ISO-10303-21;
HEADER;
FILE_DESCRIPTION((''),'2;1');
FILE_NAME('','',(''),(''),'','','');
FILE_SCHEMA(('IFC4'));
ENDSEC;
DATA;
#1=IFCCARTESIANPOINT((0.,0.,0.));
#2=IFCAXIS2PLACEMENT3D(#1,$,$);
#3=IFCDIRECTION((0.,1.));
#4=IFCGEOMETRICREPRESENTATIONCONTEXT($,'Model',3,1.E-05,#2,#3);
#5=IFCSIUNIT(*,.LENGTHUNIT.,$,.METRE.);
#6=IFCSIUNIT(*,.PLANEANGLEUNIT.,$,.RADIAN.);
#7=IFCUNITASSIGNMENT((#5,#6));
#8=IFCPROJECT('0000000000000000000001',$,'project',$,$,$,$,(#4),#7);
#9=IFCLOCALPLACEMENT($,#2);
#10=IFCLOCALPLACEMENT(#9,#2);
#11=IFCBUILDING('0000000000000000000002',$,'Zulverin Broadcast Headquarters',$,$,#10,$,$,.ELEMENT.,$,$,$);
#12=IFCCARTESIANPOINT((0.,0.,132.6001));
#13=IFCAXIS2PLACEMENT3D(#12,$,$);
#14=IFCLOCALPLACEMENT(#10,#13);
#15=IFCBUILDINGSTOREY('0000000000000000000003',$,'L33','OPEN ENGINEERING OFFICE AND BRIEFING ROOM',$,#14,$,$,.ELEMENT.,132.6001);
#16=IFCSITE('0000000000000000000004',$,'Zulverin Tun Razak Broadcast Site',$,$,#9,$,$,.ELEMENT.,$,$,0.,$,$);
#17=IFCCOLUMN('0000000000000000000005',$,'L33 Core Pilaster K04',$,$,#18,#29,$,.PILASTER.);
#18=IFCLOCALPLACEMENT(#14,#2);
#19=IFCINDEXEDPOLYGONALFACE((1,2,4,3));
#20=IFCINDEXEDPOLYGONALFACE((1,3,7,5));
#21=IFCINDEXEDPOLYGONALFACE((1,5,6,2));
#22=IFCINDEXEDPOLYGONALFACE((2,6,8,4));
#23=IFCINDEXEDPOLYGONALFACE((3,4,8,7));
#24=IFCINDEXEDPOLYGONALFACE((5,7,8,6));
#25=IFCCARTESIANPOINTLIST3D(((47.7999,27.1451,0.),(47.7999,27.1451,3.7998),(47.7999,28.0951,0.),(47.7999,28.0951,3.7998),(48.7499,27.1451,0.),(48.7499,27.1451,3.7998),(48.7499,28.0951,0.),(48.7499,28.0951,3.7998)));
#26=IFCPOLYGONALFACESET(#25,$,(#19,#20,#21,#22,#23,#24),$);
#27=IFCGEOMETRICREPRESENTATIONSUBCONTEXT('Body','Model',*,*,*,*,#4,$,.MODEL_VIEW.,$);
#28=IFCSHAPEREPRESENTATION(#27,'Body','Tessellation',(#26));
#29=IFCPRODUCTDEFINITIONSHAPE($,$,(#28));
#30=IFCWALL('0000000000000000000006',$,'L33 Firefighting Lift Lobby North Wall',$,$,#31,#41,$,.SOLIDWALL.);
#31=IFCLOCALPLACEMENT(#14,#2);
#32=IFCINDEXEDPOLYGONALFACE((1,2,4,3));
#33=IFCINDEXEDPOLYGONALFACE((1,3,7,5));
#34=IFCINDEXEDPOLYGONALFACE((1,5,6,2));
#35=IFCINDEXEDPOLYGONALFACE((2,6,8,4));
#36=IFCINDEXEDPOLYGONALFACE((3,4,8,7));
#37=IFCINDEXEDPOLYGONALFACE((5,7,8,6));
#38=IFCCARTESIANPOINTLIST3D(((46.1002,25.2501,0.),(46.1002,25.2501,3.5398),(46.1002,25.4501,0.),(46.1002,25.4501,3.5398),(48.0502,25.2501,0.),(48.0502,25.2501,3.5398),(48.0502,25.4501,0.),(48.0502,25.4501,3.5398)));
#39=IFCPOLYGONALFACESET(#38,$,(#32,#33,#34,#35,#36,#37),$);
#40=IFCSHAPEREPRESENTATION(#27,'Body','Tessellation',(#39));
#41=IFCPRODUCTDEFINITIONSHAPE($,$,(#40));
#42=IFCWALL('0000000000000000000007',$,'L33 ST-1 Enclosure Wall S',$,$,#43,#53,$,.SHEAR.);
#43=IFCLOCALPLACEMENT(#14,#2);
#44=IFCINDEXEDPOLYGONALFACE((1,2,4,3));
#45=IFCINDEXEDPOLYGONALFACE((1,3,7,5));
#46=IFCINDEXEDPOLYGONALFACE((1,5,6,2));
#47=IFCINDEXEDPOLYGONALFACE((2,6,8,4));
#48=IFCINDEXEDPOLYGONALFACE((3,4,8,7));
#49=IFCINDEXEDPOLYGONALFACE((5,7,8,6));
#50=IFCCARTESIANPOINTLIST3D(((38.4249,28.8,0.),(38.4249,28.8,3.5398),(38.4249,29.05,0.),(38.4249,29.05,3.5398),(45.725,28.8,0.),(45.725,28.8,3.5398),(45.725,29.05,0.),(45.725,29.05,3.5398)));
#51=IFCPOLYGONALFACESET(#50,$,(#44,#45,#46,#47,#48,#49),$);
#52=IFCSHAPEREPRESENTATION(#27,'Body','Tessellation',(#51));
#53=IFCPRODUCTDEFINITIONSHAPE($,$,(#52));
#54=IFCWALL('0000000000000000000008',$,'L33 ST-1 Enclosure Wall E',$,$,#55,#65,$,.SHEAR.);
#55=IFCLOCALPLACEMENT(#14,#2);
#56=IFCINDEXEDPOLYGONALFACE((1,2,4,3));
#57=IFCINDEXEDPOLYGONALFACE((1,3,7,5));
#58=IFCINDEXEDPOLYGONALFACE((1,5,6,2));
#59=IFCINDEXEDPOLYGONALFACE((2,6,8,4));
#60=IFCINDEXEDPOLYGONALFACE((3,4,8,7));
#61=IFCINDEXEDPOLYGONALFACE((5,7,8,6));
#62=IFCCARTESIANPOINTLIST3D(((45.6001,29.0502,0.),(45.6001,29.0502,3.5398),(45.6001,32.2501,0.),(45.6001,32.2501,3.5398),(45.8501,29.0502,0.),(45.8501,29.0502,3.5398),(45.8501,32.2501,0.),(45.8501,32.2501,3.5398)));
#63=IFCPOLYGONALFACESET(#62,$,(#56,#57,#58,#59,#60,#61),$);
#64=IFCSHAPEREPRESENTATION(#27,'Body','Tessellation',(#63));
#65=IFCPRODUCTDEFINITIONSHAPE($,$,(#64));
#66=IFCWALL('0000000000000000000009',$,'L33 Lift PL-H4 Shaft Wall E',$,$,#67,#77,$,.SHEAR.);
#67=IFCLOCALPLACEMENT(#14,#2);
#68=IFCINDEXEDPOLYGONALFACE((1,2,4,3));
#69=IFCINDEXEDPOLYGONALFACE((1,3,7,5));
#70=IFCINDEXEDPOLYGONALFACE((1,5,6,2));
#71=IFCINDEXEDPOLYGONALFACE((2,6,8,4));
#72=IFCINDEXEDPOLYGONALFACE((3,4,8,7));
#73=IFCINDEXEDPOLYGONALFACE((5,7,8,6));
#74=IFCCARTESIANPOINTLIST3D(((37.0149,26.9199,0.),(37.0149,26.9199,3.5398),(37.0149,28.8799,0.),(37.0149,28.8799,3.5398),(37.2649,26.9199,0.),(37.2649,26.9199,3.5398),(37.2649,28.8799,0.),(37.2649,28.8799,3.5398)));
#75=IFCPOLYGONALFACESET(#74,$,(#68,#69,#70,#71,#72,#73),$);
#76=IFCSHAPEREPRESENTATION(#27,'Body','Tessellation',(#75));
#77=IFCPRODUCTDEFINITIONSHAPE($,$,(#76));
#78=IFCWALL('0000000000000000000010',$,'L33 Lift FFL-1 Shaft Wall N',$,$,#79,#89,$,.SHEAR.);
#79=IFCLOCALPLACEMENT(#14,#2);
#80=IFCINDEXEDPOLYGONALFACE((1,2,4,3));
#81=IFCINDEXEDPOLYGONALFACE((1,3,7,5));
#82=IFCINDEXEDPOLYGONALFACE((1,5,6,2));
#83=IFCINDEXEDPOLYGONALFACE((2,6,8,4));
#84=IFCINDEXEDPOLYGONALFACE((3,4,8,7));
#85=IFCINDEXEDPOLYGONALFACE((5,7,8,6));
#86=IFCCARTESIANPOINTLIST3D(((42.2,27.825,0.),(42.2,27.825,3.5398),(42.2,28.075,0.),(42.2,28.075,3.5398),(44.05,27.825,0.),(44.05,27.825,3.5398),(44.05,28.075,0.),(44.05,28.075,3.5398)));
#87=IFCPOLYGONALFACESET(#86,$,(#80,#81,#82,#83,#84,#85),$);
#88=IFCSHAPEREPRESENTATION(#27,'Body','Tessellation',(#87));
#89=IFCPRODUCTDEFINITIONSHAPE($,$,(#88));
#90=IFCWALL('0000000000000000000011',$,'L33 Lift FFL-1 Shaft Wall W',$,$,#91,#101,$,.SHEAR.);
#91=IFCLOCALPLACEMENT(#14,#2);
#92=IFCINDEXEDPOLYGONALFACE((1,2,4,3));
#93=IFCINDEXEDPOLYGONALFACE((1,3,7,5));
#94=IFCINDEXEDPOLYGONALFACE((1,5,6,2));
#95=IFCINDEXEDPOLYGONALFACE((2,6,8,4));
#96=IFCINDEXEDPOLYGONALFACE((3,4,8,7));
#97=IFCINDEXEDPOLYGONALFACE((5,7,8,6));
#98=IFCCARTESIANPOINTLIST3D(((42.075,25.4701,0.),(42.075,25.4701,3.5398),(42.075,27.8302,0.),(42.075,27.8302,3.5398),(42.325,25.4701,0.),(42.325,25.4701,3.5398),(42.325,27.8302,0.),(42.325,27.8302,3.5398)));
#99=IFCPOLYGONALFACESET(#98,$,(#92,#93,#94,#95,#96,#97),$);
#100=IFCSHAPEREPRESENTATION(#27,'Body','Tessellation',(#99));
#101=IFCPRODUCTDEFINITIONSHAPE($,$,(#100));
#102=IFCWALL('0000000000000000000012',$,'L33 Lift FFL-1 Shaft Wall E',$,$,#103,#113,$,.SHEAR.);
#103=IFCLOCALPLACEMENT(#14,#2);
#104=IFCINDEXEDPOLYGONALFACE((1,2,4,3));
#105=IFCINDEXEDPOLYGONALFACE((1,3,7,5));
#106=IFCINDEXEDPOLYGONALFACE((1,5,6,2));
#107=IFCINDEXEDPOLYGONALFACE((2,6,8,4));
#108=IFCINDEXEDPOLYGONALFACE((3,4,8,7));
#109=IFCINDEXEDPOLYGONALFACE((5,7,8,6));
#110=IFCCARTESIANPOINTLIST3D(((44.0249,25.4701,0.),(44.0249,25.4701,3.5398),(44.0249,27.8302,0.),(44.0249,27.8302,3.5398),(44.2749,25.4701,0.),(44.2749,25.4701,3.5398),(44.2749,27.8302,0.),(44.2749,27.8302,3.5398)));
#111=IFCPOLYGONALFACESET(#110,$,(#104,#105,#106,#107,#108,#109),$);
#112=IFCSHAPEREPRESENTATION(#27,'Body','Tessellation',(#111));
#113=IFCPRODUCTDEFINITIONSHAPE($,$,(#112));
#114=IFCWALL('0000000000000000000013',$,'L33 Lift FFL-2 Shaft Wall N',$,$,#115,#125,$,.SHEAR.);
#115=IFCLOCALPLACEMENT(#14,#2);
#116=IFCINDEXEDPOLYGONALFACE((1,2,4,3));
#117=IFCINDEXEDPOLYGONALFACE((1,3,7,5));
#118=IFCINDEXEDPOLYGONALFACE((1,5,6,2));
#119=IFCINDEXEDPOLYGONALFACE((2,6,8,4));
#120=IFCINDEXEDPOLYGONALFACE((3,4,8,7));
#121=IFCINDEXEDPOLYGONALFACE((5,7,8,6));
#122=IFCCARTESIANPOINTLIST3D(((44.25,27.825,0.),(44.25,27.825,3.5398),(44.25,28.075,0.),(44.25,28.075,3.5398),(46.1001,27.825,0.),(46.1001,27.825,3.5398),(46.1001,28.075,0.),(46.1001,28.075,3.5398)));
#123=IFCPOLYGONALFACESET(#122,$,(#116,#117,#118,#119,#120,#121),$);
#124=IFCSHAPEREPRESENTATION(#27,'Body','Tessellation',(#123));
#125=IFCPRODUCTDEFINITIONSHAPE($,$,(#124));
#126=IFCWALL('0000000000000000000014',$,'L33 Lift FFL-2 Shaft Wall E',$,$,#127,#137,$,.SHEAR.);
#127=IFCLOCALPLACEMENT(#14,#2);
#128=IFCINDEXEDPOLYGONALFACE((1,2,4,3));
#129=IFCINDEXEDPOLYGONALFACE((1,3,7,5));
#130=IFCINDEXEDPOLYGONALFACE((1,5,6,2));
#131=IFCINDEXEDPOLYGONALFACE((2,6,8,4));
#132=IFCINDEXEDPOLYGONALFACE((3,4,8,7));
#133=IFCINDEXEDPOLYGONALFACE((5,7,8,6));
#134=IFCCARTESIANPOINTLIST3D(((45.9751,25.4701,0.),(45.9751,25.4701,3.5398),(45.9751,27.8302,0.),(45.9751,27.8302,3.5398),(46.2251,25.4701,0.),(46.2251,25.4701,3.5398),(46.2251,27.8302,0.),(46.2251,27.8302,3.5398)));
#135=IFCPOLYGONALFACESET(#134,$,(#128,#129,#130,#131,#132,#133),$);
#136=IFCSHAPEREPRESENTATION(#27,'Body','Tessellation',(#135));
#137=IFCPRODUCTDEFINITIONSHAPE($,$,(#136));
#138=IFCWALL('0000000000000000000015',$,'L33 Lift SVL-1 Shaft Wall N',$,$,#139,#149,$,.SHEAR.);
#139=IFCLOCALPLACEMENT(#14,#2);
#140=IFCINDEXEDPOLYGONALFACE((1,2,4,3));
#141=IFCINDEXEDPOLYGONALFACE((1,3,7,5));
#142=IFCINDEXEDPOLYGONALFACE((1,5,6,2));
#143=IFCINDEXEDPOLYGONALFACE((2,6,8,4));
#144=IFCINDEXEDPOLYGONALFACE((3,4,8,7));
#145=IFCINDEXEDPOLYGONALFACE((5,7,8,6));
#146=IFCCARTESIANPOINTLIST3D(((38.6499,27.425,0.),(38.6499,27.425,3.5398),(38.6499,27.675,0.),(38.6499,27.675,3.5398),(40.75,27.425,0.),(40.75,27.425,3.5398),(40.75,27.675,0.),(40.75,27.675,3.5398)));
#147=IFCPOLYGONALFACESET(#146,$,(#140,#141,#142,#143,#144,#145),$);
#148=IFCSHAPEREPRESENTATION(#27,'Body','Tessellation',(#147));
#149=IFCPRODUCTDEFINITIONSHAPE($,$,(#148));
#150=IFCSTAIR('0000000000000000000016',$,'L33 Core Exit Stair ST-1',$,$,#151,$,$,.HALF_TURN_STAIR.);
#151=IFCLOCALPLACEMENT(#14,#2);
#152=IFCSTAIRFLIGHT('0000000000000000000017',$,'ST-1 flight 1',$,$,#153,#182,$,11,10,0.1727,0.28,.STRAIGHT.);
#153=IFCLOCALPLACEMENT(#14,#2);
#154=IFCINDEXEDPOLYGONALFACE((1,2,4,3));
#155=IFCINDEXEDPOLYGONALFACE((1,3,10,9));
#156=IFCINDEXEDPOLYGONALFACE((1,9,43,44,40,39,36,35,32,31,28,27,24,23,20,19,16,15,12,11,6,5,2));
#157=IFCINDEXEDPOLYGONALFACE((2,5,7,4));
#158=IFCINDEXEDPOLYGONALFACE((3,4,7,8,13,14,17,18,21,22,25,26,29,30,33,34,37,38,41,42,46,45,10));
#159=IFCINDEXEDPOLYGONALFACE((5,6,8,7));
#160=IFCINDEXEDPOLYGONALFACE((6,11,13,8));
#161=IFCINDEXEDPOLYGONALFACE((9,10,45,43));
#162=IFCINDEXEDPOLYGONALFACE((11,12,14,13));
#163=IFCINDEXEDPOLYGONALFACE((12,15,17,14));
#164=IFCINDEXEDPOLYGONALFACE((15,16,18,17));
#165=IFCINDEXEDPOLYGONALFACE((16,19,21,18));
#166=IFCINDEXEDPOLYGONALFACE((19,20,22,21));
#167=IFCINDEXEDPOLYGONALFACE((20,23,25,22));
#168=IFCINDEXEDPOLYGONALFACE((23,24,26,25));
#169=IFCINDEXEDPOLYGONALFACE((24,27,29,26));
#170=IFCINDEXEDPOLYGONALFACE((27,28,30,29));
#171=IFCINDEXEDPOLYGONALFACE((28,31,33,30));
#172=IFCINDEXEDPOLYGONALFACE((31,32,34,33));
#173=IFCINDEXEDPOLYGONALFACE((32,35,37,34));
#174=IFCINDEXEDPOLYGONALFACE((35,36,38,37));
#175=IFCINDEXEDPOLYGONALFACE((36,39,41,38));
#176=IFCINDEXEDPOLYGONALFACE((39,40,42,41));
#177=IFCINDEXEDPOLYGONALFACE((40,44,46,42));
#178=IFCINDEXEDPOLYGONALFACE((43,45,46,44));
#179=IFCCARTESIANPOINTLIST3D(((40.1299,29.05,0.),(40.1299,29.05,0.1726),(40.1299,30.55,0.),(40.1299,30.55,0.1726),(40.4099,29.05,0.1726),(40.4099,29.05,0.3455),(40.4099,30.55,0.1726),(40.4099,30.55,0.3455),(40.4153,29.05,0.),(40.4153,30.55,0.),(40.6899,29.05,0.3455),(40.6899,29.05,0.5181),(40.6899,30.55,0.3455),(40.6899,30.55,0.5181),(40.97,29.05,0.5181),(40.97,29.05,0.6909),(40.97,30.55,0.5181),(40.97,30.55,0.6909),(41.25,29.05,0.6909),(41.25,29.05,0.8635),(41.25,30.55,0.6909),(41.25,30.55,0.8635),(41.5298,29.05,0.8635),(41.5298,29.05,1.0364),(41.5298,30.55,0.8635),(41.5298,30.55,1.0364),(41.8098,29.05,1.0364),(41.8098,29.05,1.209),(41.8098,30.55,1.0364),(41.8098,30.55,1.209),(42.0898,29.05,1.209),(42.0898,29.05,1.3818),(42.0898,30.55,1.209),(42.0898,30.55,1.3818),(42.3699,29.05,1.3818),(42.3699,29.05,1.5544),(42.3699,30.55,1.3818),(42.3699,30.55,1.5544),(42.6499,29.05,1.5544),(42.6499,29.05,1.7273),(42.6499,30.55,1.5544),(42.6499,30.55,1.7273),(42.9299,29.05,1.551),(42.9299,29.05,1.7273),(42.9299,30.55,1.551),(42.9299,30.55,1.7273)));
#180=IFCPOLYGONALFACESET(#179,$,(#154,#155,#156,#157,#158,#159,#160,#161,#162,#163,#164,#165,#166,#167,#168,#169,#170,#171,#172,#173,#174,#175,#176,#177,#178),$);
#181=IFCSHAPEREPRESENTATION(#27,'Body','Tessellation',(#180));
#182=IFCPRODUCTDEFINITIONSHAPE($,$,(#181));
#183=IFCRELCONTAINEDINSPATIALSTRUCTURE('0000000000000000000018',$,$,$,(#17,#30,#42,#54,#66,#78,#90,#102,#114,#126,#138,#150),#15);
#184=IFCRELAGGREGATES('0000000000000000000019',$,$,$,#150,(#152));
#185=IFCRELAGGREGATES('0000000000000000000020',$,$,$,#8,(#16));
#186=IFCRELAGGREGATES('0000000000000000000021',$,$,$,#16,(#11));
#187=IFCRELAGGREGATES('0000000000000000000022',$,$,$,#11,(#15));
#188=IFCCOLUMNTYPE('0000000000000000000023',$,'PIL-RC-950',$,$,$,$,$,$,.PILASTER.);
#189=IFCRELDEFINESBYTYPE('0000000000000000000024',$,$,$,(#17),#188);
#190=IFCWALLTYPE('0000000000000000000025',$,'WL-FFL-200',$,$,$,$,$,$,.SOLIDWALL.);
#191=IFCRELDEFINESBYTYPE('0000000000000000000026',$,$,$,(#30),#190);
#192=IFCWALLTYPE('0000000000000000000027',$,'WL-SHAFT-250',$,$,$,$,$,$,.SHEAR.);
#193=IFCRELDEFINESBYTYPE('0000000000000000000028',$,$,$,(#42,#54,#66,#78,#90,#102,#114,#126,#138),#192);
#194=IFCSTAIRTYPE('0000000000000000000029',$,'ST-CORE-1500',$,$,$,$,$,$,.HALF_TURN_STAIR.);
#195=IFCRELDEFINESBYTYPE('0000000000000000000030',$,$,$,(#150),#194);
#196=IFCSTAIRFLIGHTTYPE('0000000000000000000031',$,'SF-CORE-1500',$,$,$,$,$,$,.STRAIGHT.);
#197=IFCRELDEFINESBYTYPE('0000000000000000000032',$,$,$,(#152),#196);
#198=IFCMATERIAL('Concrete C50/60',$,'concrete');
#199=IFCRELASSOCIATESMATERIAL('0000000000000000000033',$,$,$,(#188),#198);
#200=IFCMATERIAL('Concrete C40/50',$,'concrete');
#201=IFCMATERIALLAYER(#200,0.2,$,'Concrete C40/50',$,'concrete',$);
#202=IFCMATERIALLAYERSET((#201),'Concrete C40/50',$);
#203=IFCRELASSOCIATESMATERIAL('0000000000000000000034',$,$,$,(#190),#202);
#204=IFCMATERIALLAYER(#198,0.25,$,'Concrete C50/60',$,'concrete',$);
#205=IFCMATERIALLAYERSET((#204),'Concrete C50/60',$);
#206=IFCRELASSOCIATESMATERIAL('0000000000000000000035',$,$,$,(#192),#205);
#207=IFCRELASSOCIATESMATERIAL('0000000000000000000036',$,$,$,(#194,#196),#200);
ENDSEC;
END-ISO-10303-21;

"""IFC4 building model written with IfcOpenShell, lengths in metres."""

from ifc_helpers import new_model, si_unit, direction, frame, frame_2d, origin, origin_2d, place, context, subcontext, project, spatial, polyline, rectangle, outline, extrude, material, layer, layer_set, material_profile, profile_set, type_object, element, aggregate, save


model = new_model("IFC4")

# Units and contexts
model_context = context("Model", 3, precision=1e-05, world=origin(), true_north=direction((0.0, 1.0)))
body_context = subcontext(model_context, "Body", "Model", "MODEL_VIEW")
ifc_project = project(units=[si_unit("LENGTHUNIT", "METRE"), si_unit("PLANEANGLEUNIT", "RADIAN")], contexts=[model_context])

# Site, building, storey
site_placement = place(None, origin())
site = spatial("IfcSite", under=ifc_project, at=site_placement, Name="Zulverin Tun Razak Broadcast Site", CompositionType="ELEMENT", RefElevation=0.0)
building_placement = place(site_placement, origin())
building = spatial("IfcBuilding", under=site, at=building_placement, Name="Zulverin Broadcast Headquarters", CompositionType="ELEMENT")
storey_placement = place(building_placement, frame((0.0, 0.0, 132.6001)))
storey = spatial("IfcBuildingStorey", under=building, at=storey_placement, Name="L33", Description="OPEN ENGINEERING OFFICE AND BRIEFING ROOM", CompositionType="ELEMENT", Elevation=132.6001)

# Column
ifc_material_1 = material(Name="Concrete C50/60", Category="concrete")
ifc_material_profile = material_profile(ifc_material_1, rectangle(XDim=0.95, YDim=0.95, at=origin_2d()), Name="Concrete C50/60", Category="concrete")
ifc_profile_set = profile_set([ifc_material_profile], Name="Concrete C50/60")
column_type = type_object("IfcColumnType", Name="PIL-RC-950", PredefinedType="PILASTER", material=ifc_profile_set)
column_placement = place(storey_placement, frame((48.2749, 27.6201, 0.0), z_axis=(0.0, 0.0, 1.0), x_axis=(1.0, 0.0, 0.0)))
element("IfcColumn", 1, at=column_placement, inside=storey, type_object=column_type, Name="L33 Core Pilaster K04", PredefinedType="PILASTER", context=body_context, shape_type="SweptSolid", body=[
    extrude(rectangle(XDim=0.95, YDim=0.95, at=origin_2d()), origin(), (0.0, 0.0, 1.0), 3.7998),
])

# Walls
ifc_material_2 = material(Name="Concrete C40/50", Category="concrete")
ifc_layer_1 = layer(ifc_material_2, 0.2, Name="Concrete C40/50", Category="concrete")
ifc_layer_set_1 = layer_set([ifc_layer_1], Name="Concrete C40/50")
wall_type_1 = type_object("IfcWallType", Name="WL-FFL-200", PredefinedType="SOLIDWALL", material=ifc_layer_set_1)
wall_1_placement = place(storey_placement, frame((46.1001, 25.3501, 0.0), z_axis=(0.0, 0.0, 1.0), x_axis=(1.0, 0.0, 0.0)))
element("IfcWall", 2, at=wall_1_placement, inside=storey, type_object=wall_type_1, Name="L33 Firefighting Lift Lobby North Wall", PredefinedType="SOLIDWALL", context=body_context, shape_type="SweptSolid", body=[
    extrude(rectangle(XDim=1.95, YDim=0.2, at=frame_2d((0.9751, 0.0))), origin(), (0.0, 0.0, 1.0), 3.5398),
])
ifc_layer_2 = layer(ifc_material_1, 0.25, Name="Concrete C50/60", Category="concrete")
ifc_layer_set_2 = layer_set([ifc_layer_2], Name="Concrete C50/60")
wall_type_2 = type_object("IfcWallType", Name="WL-SHAFT-250", PredefinedType="SHEAR", material=ifc_layer_set_2)
wall_2_placement = place(storey_placement, frame((38.425, 28.925, 0.0), z_axis=(0.0, 0.0, 1.0), x_axis=(1.0, 0.0, 0.0)))
element("IfcWall", 3, at=wall_2_placement, inside=storey, type_object=wall_type_2, Name="L33 ST-1 Enclosure Wall S", PredefinedType="SHEAR", context=body_context, shape_type="SweptSolid", body=[
    extrude(rectangle(XDim=7.3, YDim=0.25, at=frame_2d((3.6499, 0.0))), origin(), (0.0, 0.0, 1.0), 3.5398),
])

# Walls
wall_3_placement = place(storey_placement, frame((45.7251, 29.05, 0.0), z_axis=(0.0, 0.0, 1.0), x_axis=(0.0, 1.0, 0.0)))
element("IfcWall", 4, at=wall_3_placement, inside=storey, type_object=wall_type_2, Name="L33 ST-1 Enclosure Wall E", PredefinedType="SHEAR", context=body_context, shape_type="SweptSolid", body=[
    extrude(rectangle(XDim=3.2, YDim=0.25, at=frame_2d((1.6001, 0.0))), origin(), (0.0, 0.0, 1.0), 3.5398),
])
wall_4_placement = place(storey_placement, frame((37.1399, 26.9199, 0.0), z_axis=(0.0, 0.0, 1.0), x_axis=(0.0, 1.0, 0.0)))
element("IfcWall", 5, at=wall_4_placement, inside=storey, type_object=wall_type_2, Name="L33 Lift PL-H4 Shaft Wall E", PredefinedType="SHEAR", context=body_context, shape_type="SweptSolid", body=[
    extrude(rectangle(XDim=1.96, YDim=0.25, at=frame_2d((0.98, 0.0))), origin(), (0.0, 0.0, 1.0), 3.5398),
])
wall_5_placement = place(storey_placement, frame((42.2, 27.95, 0.0), z_axis=(0.0, 0.0, 1.0), x_axis=(1.0, 0.0, 0.0)))
element("IfcWall", 6, at=wall_5_placement, inside=storey, type_object=wall_type_2, Name="L33 Lift FFL-1 Shaft Wall N", PredefinedType="SHEAR", context=body_context, shape_type="SweptSolid", body=[
    extrude(rectangle(XDim=1.8501, YDim=0.25, at=frame_2d((0.925, 0.0))), origin(), (0.0, 0.0, 1.0), 3.5398),
])
for number, where, z_axis, x_axis, name in (
    (7, (42.2, 25.47, 0.0), (0.0, 0.0, 1.0), (0.0, 1.0, 0.0), "L33 Lift FFL-1 Shaft Wall W"),
    (8, (44.1499, 25.47, 0.0), (0.0, 0.0, 1.0), (0.0, 1.0, 0.0), "L33 Lift FFL-1 Shaft Wall E"),
):
    element("IfcWall", number, at=place(storey_placement, frame(where, z_axis=z_axis, x_axis=x_axis)), inside=storey, type_object=wall_type_2, Name=name, PredefinedType="SHEAR", context=body_context, shape_type="SweptSolid", body=[
        extrude(rectangle(XDim=2.3601, YDim=0.25, at=frame_2d((1.1802, 0.0))), origin(), (0.0, 0.0, 1.0), 3.5398),
    ])
wall_6_placement = place(storey_placement, frame((44.25, 27.95, 0.0), z_axis=(0.0, 0.0, 1.0), x_axis=(1.0, 0.0, 0.0)))
element("IfcWall", 9, at=wall_6_placement, inside=storey, type_object=wall_type_2, Name="L33 Lift FFL-2 Shaft Wall N", PredefinedType="SHEAR", context=body_context, shape_type="SweptSolid", body=[
    extrude(rectangle(XDim=1.8501, YDim=0.25, at=frame_2d((0.925, 0.0))), origin(), (0.0, 0.0, 1.0), 3.5398),
])
wall_7_placement = place(storey_placement, frame((46.1001, 25.47, 0.0), z_axis=(0.0, 0.0, 1.0), x_axis=(0.0, 1.0, 0.0)))
element("IfcWall", 10, at=wall_7_placement, inside=storey, type_object=wall_type_2, Name="L33 Lift FFL-2 Shaft Wall E", PredefinedType="SHEAR", context=body_context, shape_type="SweptSolid", body=[
    extrude(rectangle(XDim=2.3601, YDim=0.25, at=frame_2d((1.1802, 0.0))), origin(), (0.0, 0.0, 1.0), 3.5398),
])
wall_8_placement = place(storey_placement, frame((38.6499, 27.55, 0.0), z_axis=(0.0, 0.0, 1.0), x_axis=(1.0, 0.0, 0.0)))
element("IfcWall", 11, at=wall_8_placement, inside=storey, type_object=wall_type_2, Name="L33 Lift SVL-1 Shaft Wall N", PredefinedType="SHEAR", context=body_context, shape_type="SweptSolid", body=[
    extrude(rectangle(XDim=2.1001, YDim=0.25, at=frame_2d((1.05, 0.0))), origin(), (0.0, 0.0, 1.0), 3.5398),
])

# Stair, stair flight
stair_type = type_object("IfcStairType", Name="ST-CORE-1500", PredefinedType="HALF_TURN_STAIR", material=ifc_material_2)
stair_placement = place(storey_placement, origin())
stair = element("IfcStair", 12, at=stair_placement, inside=storey, type_object=stair_type, Name="L33 Core Exit Stair ST-1", PredefinedType="HALF_TURN_STAIR")
stair_flight_type = type_object("IfcStairFlightType", Name="SF-CORE-1500", PredefinedType="STRAIGHT", material=ifc_material_2)
stair_flight_placement = place(storey_placement, frame((40.1299, 29.8, 0.0), z_axis=(0.0, 0.0, 1.0), x_axis=(1.0, 0.0, 0.0)))
stair_flight = element("IfcStairFlight", 13, at=stair_flight_placement, type_object=stair_flight_type, Name="ST-1 flight 1", NumberOfRisers=11, NumberOfTreads=10, PredefinedType="STRAIGHT", RiserHeight=0.1727, TreadLength=0.28, context=body_context, shape_type="SweptSolid", body=[
    extrude(outline(polyline([(0.0, 0.0), (0.0, 0.1726), (0.28, 0.1726), (0.28, 0.3455), (0.5601, 0.3455), (0.5601, 0.5181), (0.8401, 0.5181), (0.8401, 0.6909), (1.1201, 0.6909), (1.1201, 0.8635), (1.3999, 0.8635), (1.3999, 1.0364), (1.6799, 1.0364), (1.6799, 1.209), (1.96, 1.209), (1.96, 1.3818), (2.24, 1.3818), (2.24, 1.5544), (2.52, 1.5544), (2.52, 1.7273), (2.8, 1.7273), (2.8, 1.8999), (2.8, 1.551), (0.2854, 0.0), (0.0, 0.0)])), frame((0.0, 0.75, 0.0), z_axis=(0.0, -1.0, 0.0), x_axis=(1.0, 0.0, 0.0)), (0.0, 0.0, 1.0), 1.5),
])
aggregate(stair, [stair_flight])

save(model, "model.ifc")
